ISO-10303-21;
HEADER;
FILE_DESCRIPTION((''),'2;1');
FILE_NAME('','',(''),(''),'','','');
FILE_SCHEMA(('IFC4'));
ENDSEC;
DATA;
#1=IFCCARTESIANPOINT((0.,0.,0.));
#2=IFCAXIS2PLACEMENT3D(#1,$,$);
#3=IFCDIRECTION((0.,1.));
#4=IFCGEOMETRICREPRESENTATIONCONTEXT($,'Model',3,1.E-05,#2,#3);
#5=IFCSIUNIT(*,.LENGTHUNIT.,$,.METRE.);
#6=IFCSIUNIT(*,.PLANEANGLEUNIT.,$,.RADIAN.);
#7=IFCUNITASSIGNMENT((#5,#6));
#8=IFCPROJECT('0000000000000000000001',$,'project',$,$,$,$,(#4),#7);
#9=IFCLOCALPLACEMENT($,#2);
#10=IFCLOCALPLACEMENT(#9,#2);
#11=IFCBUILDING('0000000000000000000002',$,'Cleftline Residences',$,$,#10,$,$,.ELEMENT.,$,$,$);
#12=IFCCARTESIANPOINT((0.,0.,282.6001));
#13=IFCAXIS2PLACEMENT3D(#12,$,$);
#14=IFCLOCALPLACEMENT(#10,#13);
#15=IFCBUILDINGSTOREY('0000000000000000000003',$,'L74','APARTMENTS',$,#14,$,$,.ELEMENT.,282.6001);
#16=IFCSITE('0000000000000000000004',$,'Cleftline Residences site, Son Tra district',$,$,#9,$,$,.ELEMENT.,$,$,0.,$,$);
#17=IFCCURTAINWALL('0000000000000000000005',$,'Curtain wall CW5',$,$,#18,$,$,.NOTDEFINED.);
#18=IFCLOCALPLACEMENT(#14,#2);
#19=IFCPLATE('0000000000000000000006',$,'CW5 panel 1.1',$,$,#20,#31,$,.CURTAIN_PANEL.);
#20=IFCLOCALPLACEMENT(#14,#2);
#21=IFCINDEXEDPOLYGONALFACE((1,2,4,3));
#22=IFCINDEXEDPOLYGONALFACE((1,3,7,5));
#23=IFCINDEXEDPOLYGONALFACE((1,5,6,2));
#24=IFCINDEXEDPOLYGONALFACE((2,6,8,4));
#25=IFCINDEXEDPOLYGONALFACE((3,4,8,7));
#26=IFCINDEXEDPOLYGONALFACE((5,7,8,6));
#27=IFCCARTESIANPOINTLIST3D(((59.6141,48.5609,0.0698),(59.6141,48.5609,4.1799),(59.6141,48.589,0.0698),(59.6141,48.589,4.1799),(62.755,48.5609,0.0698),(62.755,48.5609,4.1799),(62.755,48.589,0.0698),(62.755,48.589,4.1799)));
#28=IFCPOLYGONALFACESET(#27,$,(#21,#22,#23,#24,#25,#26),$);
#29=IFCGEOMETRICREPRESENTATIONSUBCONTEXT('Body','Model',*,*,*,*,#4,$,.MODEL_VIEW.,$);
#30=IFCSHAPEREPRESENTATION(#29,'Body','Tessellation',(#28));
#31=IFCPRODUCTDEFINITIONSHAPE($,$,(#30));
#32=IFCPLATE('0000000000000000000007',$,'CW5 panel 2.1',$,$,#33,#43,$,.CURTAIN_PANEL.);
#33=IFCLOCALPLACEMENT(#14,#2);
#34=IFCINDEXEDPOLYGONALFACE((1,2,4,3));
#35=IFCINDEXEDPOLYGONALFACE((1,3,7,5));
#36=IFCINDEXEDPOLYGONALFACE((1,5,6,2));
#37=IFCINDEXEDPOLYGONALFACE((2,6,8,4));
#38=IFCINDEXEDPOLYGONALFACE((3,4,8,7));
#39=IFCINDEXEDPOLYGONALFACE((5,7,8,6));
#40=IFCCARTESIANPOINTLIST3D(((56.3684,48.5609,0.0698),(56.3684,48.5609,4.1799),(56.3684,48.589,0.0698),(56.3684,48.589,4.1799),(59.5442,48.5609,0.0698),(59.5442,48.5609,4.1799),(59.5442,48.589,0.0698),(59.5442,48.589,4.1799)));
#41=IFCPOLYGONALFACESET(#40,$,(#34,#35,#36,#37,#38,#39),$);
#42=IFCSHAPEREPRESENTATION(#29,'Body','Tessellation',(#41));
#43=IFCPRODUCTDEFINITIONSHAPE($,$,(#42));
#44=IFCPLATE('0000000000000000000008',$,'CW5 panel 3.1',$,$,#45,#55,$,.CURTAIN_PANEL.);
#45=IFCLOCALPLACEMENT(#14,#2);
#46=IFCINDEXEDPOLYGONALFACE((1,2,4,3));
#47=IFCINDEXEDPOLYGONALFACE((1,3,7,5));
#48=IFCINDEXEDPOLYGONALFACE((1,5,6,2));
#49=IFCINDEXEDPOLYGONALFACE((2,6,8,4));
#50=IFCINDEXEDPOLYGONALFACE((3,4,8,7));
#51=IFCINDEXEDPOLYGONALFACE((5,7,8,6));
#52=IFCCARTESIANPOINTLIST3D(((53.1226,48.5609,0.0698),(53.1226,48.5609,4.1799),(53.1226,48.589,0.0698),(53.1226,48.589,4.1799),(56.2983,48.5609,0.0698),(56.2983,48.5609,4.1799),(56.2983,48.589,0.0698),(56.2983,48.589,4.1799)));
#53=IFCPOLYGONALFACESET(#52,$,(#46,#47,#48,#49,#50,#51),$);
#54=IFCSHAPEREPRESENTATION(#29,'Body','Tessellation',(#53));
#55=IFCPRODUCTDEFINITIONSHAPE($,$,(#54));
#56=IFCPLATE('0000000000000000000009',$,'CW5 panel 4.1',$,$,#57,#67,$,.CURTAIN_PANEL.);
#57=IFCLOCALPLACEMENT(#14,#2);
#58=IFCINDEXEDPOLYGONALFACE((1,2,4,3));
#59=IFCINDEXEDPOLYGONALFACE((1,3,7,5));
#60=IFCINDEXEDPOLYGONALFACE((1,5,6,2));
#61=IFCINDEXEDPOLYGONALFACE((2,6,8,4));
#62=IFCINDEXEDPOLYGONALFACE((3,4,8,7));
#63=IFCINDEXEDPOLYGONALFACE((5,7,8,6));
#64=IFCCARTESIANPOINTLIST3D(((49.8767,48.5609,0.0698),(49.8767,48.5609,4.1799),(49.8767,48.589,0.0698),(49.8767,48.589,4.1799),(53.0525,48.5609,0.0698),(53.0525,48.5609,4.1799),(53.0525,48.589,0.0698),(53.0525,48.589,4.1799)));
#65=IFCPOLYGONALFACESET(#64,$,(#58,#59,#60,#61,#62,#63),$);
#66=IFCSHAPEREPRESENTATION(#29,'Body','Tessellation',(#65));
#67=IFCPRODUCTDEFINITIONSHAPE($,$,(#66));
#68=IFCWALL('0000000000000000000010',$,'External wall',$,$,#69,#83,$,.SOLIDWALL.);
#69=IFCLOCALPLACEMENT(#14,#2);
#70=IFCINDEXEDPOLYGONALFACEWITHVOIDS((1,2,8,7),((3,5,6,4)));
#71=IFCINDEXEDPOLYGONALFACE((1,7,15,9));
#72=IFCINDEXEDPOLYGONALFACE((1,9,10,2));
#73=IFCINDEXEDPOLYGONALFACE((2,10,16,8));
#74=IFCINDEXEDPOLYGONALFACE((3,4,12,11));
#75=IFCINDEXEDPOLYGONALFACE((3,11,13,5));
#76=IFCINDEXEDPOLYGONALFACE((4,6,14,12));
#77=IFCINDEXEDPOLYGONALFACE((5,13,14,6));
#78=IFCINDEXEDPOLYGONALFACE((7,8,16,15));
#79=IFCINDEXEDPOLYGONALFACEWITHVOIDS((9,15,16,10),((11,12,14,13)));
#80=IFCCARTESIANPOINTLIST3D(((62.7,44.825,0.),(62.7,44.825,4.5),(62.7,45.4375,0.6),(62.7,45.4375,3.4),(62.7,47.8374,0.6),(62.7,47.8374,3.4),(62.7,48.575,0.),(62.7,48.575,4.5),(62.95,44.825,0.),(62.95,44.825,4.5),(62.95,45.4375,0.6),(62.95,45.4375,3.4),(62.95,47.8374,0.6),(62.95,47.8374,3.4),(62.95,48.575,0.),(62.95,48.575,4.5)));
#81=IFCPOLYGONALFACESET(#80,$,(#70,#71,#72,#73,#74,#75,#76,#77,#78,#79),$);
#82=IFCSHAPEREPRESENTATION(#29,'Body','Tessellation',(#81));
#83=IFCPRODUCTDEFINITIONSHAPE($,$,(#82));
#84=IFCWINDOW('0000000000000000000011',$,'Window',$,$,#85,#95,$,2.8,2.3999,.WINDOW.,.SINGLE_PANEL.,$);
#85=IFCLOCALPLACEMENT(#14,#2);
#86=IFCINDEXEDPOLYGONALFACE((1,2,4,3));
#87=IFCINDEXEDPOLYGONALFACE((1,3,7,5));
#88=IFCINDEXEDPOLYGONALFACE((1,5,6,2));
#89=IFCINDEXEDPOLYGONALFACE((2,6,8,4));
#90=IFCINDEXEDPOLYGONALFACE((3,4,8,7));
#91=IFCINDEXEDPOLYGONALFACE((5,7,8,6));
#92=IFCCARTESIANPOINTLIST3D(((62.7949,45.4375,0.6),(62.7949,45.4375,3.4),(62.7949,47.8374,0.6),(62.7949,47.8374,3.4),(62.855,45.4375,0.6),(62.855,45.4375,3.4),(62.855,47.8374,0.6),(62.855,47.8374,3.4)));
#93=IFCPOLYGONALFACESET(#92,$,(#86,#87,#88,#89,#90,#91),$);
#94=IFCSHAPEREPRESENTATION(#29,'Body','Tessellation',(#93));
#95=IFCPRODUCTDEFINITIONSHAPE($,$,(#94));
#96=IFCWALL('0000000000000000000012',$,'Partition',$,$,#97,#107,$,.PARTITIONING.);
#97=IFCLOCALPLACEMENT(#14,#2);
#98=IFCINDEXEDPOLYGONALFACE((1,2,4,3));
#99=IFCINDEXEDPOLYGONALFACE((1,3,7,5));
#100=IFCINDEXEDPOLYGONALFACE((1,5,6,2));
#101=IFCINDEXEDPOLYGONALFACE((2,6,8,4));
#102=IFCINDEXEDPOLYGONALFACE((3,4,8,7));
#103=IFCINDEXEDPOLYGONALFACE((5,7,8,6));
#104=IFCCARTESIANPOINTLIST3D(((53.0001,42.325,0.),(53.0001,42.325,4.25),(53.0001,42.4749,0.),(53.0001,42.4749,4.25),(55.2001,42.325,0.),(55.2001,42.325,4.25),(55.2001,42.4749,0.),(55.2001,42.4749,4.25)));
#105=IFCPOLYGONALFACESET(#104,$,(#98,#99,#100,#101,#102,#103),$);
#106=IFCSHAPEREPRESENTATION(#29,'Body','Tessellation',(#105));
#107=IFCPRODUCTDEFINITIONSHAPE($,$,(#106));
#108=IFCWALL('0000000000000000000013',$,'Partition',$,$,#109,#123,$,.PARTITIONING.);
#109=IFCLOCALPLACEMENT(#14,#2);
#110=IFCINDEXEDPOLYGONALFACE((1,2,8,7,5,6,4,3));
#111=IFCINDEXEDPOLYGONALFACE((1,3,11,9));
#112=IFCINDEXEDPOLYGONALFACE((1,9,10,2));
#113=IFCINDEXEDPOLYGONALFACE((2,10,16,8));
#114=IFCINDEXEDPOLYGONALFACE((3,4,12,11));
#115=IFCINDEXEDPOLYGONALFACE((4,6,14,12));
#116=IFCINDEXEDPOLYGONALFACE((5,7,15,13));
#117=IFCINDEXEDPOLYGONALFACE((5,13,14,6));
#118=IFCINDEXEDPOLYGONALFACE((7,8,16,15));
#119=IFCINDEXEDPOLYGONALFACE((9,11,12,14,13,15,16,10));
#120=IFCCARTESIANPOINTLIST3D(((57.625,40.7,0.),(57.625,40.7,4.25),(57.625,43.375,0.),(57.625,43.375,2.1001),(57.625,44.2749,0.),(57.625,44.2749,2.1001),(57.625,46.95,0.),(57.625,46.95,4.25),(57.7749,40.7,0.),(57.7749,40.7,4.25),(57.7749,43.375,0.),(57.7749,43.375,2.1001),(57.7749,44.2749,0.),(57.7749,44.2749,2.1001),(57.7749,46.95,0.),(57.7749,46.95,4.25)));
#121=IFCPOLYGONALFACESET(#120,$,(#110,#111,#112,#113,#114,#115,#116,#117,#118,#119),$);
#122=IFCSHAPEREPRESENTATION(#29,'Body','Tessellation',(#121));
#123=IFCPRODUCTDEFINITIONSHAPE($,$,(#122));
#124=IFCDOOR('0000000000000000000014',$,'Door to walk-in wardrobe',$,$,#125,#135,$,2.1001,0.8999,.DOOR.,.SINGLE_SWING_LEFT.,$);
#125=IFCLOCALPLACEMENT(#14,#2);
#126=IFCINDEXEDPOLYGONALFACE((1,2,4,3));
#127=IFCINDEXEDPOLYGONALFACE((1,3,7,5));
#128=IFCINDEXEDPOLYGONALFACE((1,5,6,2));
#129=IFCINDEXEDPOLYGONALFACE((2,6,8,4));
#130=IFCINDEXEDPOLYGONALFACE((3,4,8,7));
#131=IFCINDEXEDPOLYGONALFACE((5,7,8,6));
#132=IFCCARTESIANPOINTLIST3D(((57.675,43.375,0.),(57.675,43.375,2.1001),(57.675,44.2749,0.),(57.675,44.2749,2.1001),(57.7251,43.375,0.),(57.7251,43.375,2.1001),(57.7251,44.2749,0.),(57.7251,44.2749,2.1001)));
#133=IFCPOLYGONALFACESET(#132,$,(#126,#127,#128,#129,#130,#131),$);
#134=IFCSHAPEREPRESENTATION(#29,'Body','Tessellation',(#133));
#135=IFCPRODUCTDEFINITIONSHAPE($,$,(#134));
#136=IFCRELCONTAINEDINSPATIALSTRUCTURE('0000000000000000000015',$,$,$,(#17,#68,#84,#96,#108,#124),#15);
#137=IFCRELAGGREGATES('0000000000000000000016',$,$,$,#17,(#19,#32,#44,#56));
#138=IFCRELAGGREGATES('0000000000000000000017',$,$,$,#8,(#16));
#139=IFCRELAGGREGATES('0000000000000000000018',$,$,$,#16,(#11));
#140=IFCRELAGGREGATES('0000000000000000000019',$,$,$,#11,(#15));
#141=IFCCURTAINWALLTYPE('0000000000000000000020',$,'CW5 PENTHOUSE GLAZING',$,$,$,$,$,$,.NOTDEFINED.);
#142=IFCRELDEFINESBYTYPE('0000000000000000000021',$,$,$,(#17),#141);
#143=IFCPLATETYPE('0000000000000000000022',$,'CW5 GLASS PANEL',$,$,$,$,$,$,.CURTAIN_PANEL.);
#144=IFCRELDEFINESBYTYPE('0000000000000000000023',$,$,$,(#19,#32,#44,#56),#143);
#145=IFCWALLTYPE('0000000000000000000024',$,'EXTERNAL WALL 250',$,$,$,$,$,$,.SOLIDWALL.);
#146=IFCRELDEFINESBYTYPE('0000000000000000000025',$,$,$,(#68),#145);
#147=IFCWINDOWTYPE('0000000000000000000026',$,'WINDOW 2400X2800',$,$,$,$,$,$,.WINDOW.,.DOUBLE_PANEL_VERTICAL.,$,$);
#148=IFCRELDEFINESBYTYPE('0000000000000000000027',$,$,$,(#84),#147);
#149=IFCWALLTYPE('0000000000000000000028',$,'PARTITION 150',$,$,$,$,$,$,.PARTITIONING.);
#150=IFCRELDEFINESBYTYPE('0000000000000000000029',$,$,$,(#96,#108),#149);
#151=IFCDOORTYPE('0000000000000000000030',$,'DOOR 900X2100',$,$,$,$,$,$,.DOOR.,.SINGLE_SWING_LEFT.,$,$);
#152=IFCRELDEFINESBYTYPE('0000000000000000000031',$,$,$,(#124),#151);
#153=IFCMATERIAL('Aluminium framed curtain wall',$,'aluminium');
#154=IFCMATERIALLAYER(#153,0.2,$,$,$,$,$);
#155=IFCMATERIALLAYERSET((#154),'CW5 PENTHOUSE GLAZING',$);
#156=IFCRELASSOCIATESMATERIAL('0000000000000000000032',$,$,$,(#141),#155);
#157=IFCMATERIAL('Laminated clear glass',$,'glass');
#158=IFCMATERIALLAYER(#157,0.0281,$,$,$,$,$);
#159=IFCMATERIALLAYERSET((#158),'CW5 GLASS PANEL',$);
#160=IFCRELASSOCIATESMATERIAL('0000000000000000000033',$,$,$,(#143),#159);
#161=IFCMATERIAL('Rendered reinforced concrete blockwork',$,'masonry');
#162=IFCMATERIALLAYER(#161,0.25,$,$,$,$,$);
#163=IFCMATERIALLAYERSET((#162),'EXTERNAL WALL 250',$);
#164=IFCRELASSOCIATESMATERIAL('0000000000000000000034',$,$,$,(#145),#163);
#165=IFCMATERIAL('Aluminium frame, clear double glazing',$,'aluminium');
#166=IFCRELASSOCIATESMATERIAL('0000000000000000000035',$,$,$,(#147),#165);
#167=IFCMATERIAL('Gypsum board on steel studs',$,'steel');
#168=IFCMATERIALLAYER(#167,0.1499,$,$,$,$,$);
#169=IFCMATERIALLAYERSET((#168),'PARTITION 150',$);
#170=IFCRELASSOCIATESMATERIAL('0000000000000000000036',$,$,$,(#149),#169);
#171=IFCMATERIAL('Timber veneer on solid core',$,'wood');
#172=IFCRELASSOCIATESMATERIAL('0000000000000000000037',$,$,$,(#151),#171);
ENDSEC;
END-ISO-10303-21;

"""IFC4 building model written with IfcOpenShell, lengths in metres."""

from ifc_helpers import new_model, si_unit, direction, frame, frame_2d, origin, origin_2d, place, context, subcontext, project, spatial, rectangle, extrude, material, layer, layer_set, type_object, element, fill, aggregate, save


model = new_model("IFC4")

# Units and contexts
model_context = context("Model", 3, precision=1e-05, world=origin(), true_north=direction((0.0, 1.0)))
body_context = subcontext(model_context, "Body", "Model", "MODEL_VIEW")
ifc_project = project(units=[si_unit("LENGTHUNIT", "METRE"), si_unit("PLANEANGLEUNIT", "RADIAN")], contexts=[model_context])

# Site, building, storey
site_placement = place(None, origin())
site = spatial("IfcSite", under=ifc_project, at=site_placement, Name="Cleftline Residences site, Son Tra district", CompositionType="ELEMENT", RefElevation=0.0)
building_placement = place(site_placement, origin())
building = spatial("IfcBuilding", under=site, at=building_placement, Name="Cleftline Residences", CompositionType="ELEMENT")
storey_placement = place(building_placement, frame((0.0, 0.0, 282.6001)))
storey = spatial("IfcBuildingStorey", under=building, at=storey_placement, Name="L74", Description="APARTMENTS", CompositionType="ELEMENT", Elevation=282.6001)

# Curtain wall
ifc_material_1 = material(Name="Aluminium framed curtain wall", Category="aluminium")
ifc_layer_1 = layer(ifc_material_1, 0.2)
ifc_layer_set_1 = layer_set([ifc_layer_1], Name="CW5 PENTHOUSE GLAZING")
curtain_wall_type = type_object("IfcCurtainWallType", Name="CW5 PENTHOUSE GLAZING", PredefinedType="NOTDEFINED", material=ifc_layer_set_1)
curtain_wall_1_placement = place(storey_placement, origin())
curtain_wall_1 = element("IfcCurtainWall", 1, at=curtain_wall_1_placement, inside=storey, type_object=curtain_wall_type, Name="Curtain wall CW5", PredefinedType="NOTDEFINED")

# Plates
ifc_material_2 = material(Name="Laminated clear glass", Category="glass")
ifc_layer_2 = layer(ifc_material_2, 0.0281)
ifc_layer_set_2 = layer_set([ifc_layer_2], Name="CW5 GLASS PANEL")
plate_type_1 = type_object("IfcPlateType", Name="CW5 GLASS PANEL", PredefinedType="CURTAIN_PANEL", material=ifc_layer_set_2)
plate_1_placement = place(storey_placement, frame((61.1846, 48.575, 0.0698), z_axis=(0.0, 0.0, 1.0), x_axis=(-1.0, 0.0, 0.0)))
plate_1 = element("IfcPlate", 2, at=plate_1_placement, type_object=plate_type_1, Name="CW5 panel 1.1", PredefinedType="CURTAIN_PANEL", context=body_context, shape_type="SweptSolid", body=[
    extrude(rectangle(XDim=3.1409, YDim=0.0281, at=origin_2d()), origin(), (0.0, 0.0, 1.0), 4.1101),
])
plate_2_placement = place(storey_placement, frame((57.9563, 48.575, 0.0698), z_axis=(0.0, 0.0, 1.0), x_axis=(-1.0, 0.0, 0.0)))
plate_2 = element("IfcPlate", 3, at=plate_2_placement, type_object=plate_type_1, Name="CW5 panel 2.1", PredefinedType="CURTAIN_PANEL", context=body_context, shape_type="SweptSolid", body=[
    extrude(rectangle(XDim=3.1758, YDim=0.0281, at=origin_2d()), origin(), (0.0, 0.0, 1.0), 4.1101),
])
plate_3_placement = place(storey_placement, frame((54.7104, 48.575, 0.0698), z_axis=(0.0, 0.0, 1.0), x_axis=(-1.0, 0.0, 0.0)))
plate_3 = element("IfcPlate", 4, at=plate_3_placement, type_object=plate_type_1, Name="CW5 panel 3.1", PredefinedType="CURTAIN_PANEL", context=body_context, shape_type="SweptSolid", body=[
    extrude(rectangle(XDim=3.1758, YDim=0.0281, at=origin_2d()), origin(), (0.0, 0.0, 1.0), 4.1101),
])
plate_4_placement = place(storey_placement, frame((51.4646, 48.575, 0.0698), z_axis=(0.0, 0.0, 1.0), x_axis=(-1.0, 0.0, 0.0)))
plate_4 = element("IfcPlate", 5, at=plate_4_placement, type_object=plate_type_1, Name="CW5 panel 4.1", PredefinedType="CURTAIN_PANEL", context=body_context, shape_type="SweptSolid", body=[
    extrude(rectangle(XDim=3.1758, YDim=0.0281, at=origin_2d()), origin(), (0.0, 0.0, 1.0), 4.1101),
])
aggregate(curtain_wall_1, [plate_1, plate_2, plate_3, plate_4])

# Wall, opening, window
ifc_material_3 = material(Name="Rendered reinforced concrete blockwork", Category="masonry")
ifc_layer_3 = layer(ifc_material_3, 0.25)
ifc_layer_set_3 = layer_set([ifc_layer_3], Name="EXTERNAL WALL 250")
wall_type_1 = type_object("IfcWallType", Name="EXTERNAL WALL 250", PredefinedType="SOLIDWALL", material=ifc_layer_set_3)
wall_1_placement = place(storey_placement, frame((62.825, 44.825, 0.0), z_axis=(0.0, 0.0, 1.0), x_axis=(0.0, 1.0, 0.0)))
wall_1 = element("IfcWall", 6, at=wall_1_placement, inside=storey, type_object=wall_type_1, Name="External wall", PredefinedType="SOLIDWALL", context=body_context, shape_type="SweptSolid", body=[
    extrude(rectangle(XDim=3.75, YDim=0.25, at=frame_2d((1.875, 0.0))), origin(), (0.0, 0.0, 1.0), 4.5),
])
opening_1_placement = place(wall_1_placement, frame((0.6125, 0.0, 0.6001)))
opening_1 = element("IfcOpeningElement", 7, at=opening_1_placement, cuts=wall_1, PredefinedType="OPENING", context=body_context, shape_type="SweptSolid", body=[
    extrude(rectangle(XDim=2.3999, YDim=2.8, at=frame_2d((1.2, 1.3999))), frame((0.0, 0.135, 0.0), z_axis=(0.0, -1.0, 0.0), x_axis=(1.0, 0.0, 0.0)), (0.0, 0.0, 1.0), 0.27),
])
ifc_material_4 = material(Name="Aluminium frame, clear double glazing", Category="aluminium")
window_type = type_object("IfcWindowType", Name="WINDOW 2400X2800", PartitioningType="DOUBLE_PANEL_VERTICAL", PredefinedType="WINDOW", material=ifc_material_4)
window_placement = place(opening_1_placement, origin())
window = element("IfcWindow", 8, at=window_placement, inside=storey, type_object=window_type, Name="Window", OverallHeight=2.8, OverallWidth=2.3999, PartitioningType="SINGLE_PANEL", PredefinedType="WINDOW", context=body_context, shape_type="SweptSolid", body=[
    extrude(rectangle(XDim=2.3999, YDim=2.8, at=frame_2d((1.2, 1.3999))), frame((0.0, 0.03, 0.0), z_axis=(0.0, -1.0, 0.0), x_axis=(1.0, 0.0, 0.0)), (0.0, 0.0, 1.0), 0.0601),
])
fill(opening_1, window)

# Wall
ifc_material_5 = material(Name="Gypsum board on steel studs", Category="steel")
ifc_layer_4 = layer(ifc_material_5, 0.1499)
ifc_layer_set_4 = layer_set([ifc_layer_4], Name="PARTITION 150")
wall_type_2 = type_object("IfcWallType", Name="PARTITION 150", PredefinedType="PARTITIONING", material=ifc_layer_set_4)
wall_2_placement = place(storey_placement, frame((53.0, 42.3999, 0.0), z_axis=(0.0, 0.0, 1.0), x_axis=(1.0, 0.0, 0.0)))
element("IfcWall", 9, at=wall_2_placement, inside=storey, type_object=wall_type_2, Name="Partition", PredefinedType="PARTITIONING", context=body_context, shape_type="SweptSolid", body=[
    extrude(rectangle(XDim=2.2, YDim=0.1499, at=frame_2d((1.1001, 0.0))), origin(), (0.0, 0.0, 1.0), 4.25),
])

# Wall, opening, door
wall_3_placement = place(storey_placement, frame((57.7, 40.7, 0.0), z_axis=(0.0, 0.0, 1.0), x_axis=(0.0, 1.0, 0.0)))
wall_3 = element("IfcWall", 10, at=wall_3_placement, inside=storey, type_object=wall_type_2, Name="Partition", PredefinedType="PARTITIONING", context=body_context, shape_type="SweptSolid", body=[
    extrude(rectangle(XDim=6.25, YDim=0.1499, at=frame_2d((3.125, 0.0))), origin(), (0.0, 0.0, 1.0), 4.25),
])
opening_2_placement = place(wall_3_placement, frame((2.675, 0.0, 0.0)))
opening_2 = element("IfcOpeningElement", 11, at=opening_2_placement, cuts=wall_3, PredefinedType="OPENING", context=body_context, shape_type="SweptSolid", body=[
    extrude(rectangle(XDim=0.8999, YDim=2.1001, at=frame_2d((0.45, 1.05))), frame((0.0, 0.085, 0.0), z_axis=(0.0, -1.0, 0.0), x_axis=(1.0, 0.0, 0.0)), (0.0, 0.0, 1.0), 0.1699),
])
ifc_material_6 = material(Name="Timber veneer on solid core", Category="wood")
door_type = type_object("IfcDoorType", Name="DOOR 900X2100", OperationType="SINGLE_SWING_LEFT", PredefinedType="DOOR", material=ifc_material_6)
door_placement = place(opening_2_placement, origin())
door = element("IfcDoor", 12, at=door_placement, inside=storey, type_object=door_type, Name="Door to walk-in wardrobe", OperationType="SINGLE_SWING_LEFT", OverallHeight=2.1001, OverallWidth=0.8999, PredefinedType="DOOR", context=body_context, shape_type="SweptSolid", body=[
    extrude(rectangle(XDim=0.8999, YDim=2.1001, at=frame_2d((0.45, 1.05))), frame((0.0, 0.0249, 0.0), z_axis=(0.0, -1.0, 0.0), x_axis=(1.0, 0.0, 0.0)), (0.0, 0.0, 1.0), 0.05),
])
fill(opening_2, door)

save(model, "model.ifc")
